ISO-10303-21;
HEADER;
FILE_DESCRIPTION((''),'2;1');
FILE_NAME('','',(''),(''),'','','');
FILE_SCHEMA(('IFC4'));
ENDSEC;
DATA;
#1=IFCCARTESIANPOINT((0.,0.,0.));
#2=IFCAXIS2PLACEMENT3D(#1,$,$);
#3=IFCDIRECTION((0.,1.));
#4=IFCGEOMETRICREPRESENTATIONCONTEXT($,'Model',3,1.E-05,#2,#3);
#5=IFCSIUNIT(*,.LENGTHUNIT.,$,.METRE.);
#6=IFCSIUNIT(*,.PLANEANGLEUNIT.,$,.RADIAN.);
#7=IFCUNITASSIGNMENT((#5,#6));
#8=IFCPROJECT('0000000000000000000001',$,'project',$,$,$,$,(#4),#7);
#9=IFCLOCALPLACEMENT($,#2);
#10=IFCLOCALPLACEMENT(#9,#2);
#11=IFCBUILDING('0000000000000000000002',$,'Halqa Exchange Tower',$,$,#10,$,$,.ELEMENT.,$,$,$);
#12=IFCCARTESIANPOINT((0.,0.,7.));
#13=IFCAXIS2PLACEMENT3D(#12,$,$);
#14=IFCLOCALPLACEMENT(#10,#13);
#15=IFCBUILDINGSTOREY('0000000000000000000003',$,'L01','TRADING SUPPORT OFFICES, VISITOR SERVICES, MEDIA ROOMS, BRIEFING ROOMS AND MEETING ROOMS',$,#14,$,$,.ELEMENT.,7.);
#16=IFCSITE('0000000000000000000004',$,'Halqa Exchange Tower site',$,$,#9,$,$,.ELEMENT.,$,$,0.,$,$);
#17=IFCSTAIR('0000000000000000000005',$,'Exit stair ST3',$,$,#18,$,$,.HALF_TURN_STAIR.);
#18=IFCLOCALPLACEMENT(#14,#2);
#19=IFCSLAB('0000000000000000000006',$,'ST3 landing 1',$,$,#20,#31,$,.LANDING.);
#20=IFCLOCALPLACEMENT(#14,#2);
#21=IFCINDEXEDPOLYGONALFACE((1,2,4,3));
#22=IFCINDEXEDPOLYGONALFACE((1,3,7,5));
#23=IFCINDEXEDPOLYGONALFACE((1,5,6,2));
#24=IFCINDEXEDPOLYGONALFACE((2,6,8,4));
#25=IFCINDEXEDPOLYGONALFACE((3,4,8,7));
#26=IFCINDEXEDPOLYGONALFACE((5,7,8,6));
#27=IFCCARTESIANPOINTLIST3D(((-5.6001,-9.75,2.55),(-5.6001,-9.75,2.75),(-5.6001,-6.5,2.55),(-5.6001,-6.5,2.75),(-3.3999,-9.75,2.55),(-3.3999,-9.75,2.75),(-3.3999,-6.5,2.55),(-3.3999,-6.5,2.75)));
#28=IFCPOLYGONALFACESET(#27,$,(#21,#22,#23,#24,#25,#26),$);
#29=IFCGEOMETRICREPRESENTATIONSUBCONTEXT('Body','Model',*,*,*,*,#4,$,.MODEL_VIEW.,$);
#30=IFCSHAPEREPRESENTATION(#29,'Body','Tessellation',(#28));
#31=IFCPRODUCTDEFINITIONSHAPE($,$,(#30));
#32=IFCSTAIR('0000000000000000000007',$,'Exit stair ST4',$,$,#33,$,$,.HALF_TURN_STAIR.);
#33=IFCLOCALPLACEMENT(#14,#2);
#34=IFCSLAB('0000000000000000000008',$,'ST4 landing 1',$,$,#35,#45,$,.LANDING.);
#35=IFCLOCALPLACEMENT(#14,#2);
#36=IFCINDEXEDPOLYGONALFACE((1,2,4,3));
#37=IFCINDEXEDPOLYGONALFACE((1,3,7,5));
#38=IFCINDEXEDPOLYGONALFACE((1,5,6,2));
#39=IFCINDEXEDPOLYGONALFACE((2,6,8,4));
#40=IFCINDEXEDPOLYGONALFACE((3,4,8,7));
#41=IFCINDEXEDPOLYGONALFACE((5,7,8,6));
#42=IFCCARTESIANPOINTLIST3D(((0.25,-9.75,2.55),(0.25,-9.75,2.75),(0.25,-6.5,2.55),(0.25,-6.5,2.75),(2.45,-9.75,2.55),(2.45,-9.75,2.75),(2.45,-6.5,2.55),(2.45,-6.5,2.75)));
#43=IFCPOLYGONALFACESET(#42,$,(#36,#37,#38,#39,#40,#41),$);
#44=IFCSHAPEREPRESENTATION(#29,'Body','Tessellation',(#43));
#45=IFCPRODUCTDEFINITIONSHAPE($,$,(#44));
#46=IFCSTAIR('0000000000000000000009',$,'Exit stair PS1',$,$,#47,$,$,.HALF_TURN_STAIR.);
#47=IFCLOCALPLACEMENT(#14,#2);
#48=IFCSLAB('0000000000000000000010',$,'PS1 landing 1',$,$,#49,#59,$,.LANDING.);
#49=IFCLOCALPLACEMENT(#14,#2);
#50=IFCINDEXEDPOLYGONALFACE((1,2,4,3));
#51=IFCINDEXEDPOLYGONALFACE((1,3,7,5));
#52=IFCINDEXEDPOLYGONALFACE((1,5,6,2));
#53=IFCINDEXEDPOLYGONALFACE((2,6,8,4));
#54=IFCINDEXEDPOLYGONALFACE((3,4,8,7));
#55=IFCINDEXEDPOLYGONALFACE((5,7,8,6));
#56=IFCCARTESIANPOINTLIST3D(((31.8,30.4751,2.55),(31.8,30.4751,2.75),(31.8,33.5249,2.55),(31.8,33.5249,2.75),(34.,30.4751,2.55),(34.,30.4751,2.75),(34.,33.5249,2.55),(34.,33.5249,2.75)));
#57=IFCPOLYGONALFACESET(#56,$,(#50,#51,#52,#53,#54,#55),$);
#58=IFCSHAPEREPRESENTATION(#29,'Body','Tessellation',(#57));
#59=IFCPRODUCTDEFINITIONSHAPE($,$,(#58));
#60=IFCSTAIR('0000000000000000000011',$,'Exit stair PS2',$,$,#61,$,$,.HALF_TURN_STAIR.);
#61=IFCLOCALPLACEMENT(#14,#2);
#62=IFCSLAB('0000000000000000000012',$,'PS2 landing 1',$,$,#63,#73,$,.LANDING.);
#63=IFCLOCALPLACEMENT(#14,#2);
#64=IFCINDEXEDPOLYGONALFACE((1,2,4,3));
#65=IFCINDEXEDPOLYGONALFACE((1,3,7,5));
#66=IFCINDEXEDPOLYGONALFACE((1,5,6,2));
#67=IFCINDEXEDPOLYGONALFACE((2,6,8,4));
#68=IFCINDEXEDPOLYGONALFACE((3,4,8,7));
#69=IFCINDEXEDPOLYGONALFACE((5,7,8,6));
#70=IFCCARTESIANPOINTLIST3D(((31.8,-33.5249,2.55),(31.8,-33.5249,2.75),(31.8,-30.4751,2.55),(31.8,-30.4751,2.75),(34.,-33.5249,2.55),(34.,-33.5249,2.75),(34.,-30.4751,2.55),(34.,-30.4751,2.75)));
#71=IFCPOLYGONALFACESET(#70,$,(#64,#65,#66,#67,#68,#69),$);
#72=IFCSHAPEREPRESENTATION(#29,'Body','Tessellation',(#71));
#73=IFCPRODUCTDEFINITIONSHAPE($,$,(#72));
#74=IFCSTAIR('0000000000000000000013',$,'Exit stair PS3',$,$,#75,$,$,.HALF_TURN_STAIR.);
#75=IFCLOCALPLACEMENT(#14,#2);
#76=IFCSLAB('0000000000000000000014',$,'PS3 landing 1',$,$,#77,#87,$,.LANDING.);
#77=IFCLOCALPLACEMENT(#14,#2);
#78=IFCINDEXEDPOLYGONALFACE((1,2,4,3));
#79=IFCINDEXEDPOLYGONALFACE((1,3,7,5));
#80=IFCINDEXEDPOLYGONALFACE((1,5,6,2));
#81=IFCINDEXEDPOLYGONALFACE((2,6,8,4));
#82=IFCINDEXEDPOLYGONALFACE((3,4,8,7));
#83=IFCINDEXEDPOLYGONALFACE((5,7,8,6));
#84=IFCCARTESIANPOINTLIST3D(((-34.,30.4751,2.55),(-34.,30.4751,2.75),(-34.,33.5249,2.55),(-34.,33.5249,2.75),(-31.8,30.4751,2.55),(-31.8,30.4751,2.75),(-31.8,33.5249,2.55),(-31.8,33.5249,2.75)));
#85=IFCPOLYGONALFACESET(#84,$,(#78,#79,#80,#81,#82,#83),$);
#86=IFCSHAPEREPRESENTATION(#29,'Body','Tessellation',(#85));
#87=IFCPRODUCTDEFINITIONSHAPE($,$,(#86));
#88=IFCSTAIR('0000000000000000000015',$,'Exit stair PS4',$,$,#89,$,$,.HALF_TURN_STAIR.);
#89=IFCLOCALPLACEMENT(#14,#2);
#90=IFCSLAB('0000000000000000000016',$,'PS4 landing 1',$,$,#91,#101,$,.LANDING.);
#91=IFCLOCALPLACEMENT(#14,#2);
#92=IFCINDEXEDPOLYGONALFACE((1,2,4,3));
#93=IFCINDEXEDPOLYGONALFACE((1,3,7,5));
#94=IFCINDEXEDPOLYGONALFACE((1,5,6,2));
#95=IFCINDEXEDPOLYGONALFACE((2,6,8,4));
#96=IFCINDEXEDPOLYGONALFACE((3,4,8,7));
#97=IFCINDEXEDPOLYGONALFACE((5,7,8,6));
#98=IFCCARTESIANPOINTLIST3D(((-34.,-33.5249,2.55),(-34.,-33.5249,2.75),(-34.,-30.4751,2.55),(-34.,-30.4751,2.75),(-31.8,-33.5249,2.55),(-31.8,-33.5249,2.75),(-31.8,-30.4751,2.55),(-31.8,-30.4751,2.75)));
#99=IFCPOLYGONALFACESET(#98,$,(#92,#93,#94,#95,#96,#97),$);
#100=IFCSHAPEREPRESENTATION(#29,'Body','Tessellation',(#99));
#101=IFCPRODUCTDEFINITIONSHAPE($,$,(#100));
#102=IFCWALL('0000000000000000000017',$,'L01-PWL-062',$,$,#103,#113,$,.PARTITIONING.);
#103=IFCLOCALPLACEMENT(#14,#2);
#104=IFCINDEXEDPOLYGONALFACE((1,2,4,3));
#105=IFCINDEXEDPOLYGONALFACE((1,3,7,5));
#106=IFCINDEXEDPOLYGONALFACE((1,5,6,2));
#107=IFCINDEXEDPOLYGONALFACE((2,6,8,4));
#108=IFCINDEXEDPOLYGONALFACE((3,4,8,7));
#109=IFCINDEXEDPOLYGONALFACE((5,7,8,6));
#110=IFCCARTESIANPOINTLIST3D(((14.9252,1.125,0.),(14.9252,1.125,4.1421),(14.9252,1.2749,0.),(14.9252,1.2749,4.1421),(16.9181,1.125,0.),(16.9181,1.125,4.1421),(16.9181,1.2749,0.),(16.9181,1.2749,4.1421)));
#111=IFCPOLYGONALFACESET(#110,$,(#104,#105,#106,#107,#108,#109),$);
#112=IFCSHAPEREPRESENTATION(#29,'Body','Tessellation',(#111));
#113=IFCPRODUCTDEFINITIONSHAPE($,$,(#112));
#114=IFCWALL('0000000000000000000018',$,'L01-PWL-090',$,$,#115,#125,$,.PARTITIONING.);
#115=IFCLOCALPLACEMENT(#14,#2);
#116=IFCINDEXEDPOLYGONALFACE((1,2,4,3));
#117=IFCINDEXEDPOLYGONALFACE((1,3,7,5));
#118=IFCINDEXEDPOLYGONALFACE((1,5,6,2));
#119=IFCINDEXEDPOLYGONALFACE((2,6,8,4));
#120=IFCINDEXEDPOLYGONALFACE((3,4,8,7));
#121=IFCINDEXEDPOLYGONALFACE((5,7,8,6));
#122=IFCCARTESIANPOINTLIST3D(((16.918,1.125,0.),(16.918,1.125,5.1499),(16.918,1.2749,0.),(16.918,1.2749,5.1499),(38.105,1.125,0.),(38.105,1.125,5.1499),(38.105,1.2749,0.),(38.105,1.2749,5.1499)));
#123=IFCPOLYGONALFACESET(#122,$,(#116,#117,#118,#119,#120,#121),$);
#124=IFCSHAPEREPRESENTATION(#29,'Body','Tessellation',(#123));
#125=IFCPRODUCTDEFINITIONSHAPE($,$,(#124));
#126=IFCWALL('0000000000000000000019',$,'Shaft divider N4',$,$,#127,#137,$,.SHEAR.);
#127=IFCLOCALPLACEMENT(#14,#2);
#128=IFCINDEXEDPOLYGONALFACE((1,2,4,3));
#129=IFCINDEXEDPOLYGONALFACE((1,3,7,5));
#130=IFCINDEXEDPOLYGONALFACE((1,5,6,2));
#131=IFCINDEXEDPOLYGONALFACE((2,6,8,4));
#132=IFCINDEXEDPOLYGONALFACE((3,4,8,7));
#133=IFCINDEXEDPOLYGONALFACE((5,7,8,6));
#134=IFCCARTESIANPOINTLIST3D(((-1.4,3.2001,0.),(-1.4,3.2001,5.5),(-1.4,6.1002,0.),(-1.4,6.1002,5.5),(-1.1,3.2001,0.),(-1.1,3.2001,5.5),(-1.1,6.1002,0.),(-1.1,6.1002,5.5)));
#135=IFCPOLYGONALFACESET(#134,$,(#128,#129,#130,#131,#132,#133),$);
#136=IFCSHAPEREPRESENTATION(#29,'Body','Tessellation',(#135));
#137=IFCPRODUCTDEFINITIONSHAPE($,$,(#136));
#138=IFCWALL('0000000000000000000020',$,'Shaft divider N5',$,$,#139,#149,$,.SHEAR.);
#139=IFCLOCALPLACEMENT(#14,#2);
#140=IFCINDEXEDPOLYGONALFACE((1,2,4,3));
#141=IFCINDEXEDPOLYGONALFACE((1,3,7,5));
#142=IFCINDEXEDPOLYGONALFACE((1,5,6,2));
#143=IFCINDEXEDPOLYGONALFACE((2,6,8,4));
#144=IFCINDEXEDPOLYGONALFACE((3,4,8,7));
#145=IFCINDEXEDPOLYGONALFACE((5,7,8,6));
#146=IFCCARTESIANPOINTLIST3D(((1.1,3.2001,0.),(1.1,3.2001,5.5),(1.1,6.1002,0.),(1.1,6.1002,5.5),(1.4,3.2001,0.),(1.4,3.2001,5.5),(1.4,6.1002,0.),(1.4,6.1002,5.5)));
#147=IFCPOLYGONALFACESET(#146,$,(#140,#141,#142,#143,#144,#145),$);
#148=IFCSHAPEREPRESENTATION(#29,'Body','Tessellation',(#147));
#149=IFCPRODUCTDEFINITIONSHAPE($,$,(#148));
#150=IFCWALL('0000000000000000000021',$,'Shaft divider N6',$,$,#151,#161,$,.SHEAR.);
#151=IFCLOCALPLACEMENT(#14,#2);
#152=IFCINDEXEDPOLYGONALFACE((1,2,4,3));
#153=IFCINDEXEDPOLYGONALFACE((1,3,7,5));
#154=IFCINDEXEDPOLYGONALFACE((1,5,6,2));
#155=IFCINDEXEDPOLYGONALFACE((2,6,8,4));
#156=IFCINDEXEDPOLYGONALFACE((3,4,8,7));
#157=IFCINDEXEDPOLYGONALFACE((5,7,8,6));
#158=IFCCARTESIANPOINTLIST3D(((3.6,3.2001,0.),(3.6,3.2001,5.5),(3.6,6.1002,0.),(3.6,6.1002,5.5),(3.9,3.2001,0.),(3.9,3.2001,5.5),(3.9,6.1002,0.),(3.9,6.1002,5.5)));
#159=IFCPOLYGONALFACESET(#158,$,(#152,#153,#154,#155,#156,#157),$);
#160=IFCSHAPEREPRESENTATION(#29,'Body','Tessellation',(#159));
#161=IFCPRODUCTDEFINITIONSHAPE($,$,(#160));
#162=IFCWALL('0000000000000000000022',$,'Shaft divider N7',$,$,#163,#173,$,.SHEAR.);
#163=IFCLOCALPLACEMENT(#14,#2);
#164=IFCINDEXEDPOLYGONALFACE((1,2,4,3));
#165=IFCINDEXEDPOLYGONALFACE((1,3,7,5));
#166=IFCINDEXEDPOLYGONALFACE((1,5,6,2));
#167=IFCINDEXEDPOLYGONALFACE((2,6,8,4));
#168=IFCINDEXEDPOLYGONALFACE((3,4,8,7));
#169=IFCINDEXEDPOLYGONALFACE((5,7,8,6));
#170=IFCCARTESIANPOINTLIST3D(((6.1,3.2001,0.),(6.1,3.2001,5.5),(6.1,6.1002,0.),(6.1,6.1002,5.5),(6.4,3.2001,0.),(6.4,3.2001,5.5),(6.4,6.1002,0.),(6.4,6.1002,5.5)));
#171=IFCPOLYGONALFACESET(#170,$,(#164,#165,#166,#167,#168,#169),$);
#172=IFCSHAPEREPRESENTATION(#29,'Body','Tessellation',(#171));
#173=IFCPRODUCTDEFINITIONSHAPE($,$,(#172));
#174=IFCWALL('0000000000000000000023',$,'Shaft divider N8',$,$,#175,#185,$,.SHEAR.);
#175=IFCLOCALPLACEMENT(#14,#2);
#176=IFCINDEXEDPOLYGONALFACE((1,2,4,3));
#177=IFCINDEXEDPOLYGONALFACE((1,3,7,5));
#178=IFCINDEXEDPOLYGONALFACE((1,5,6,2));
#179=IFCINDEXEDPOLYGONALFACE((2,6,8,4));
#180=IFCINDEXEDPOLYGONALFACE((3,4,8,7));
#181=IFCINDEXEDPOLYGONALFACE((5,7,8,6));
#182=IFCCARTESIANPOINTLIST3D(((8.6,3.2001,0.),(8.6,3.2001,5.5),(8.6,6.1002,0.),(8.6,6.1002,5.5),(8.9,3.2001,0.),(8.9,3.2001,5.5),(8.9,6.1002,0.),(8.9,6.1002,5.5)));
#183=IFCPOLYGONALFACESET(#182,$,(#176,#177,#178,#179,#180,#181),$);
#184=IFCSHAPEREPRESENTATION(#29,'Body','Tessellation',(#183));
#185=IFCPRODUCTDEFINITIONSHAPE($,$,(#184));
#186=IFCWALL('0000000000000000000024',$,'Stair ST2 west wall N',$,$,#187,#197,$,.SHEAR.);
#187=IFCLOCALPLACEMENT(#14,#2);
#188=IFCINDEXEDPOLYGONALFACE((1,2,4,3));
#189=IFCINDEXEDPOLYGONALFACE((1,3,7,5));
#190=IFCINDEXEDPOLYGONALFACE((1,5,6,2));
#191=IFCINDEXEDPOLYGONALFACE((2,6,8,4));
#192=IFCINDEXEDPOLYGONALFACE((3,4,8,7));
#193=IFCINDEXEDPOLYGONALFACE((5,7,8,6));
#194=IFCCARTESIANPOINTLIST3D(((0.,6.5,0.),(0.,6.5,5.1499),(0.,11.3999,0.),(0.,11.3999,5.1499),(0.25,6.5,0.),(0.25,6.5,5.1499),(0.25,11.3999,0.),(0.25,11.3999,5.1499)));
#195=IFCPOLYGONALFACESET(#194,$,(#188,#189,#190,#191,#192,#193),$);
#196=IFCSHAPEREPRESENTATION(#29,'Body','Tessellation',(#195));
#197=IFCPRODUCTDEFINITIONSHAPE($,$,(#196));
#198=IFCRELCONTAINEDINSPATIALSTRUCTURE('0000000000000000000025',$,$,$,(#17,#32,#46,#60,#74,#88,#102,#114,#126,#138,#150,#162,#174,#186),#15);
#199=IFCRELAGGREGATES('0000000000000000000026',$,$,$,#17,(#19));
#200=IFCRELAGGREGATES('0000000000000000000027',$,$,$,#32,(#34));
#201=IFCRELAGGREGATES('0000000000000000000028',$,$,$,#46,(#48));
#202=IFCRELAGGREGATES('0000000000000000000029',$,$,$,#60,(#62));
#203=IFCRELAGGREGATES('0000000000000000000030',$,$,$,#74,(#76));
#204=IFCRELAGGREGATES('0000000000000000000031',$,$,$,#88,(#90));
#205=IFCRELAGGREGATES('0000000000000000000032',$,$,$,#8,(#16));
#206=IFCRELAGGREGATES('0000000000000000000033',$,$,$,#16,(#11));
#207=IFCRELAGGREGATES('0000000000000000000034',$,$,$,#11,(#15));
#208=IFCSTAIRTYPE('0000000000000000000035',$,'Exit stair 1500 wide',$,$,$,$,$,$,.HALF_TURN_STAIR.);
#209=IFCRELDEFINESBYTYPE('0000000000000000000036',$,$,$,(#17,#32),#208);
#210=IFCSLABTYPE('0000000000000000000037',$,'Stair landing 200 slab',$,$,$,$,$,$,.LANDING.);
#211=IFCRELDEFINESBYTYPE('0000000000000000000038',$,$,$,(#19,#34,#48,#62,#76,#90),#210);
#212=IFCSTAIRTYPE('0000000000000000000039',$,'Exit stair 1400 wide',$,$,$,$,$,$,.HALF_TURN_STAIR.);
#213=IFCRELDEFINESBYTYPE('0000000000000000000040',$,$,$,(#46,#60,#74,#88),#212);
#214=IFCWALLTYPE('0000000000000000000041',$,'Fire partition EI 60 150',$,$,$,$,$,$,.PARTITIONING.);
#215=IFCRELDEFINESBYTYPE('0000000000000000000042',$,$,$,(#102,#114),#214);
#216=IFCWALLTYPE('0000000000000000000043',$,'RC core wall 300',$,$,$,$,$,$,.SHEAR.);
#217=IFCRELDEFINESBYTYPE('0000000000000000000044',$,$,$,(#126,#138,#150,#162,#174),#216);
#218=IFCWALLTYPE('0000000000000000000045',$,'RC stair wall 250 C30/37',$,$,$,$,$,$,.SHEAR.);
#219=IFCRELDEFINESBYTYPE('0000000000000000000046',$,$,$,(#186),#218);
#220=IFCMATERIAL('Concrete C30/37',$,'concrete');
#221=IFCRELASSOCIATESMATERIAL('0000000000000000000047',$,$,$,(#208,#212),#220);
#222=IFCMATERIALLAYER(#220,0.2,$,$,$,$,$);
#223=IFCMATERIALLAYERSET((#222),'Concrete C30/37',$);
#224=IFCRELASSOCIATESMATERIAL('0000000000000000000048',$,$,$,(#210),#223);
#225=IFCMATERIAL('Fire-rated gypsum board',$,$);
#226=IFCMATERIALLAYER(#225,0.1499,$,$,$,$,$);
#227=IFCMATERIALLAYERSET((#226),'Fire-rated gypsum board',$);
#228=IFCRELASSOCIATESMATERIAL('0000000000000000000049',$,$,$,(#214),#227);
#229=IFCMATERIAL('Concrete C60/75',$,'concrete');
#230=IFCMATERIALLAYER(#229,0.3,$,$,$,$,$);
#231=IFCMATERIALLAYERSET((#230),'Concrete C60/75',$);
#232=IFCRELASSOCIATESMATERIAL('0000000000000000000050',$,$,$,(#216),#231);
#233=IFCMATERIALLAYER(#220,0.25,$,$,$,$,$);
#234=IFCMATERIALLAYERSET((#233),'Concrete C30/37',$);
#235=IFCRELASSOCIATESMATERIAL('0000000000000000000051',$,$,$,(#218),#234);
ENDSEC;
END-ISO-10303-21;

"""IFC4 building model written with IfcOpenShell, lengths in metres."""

from ifc_helpers import new_model, si_unit, direction, frame, frame_2d, origin, place, context, subcontext, project, spatial, polyline, rectangle, outline, extrude, material, layer, layer_set, type_object, element, aggregate, save


model = new_model("IFC4")

# Units and contexts
model_context = context("Model", 3, precision=1e-05, world=origin(), true_north=direction((0.0, 1.0)))
body_context = subcontext(model_context, "Body", "Model", "MODEL_VIEW")
ifc_project = project(units=[si_unit("LENGTHUNIT", "METRE"), si_unit("PLANEANGLEUNIT", "RADIAN")], contexts=[model_context])

# Site, building, storey
site_placement = place(None, origin())
site = spatial("IfcSite", under=ifc_project, at=site_placement, Name="Halqa Exchange Tower site", CompositionType="ELEMENT", RefElevation=0.0)
building_placement = place(site_placement, origin())
building = spatial("IfcBuilding", under=site, at=building_placement, Name="Halqa Exchange Tower", CompositionType="ELEMENT")
storey_placement = place(building_placement, frame((0.0, 0.0, 7.0)))
storey = spatial("IfcBuildingStorey", under=building, at=storey_placement, Name="L01", Description="TRADING SUPPORT OFFICES, VISITOR SERVICES, MEDIA ROOMS, BRIEFING ROOMS AND MEETING ROOMS", CompositionType="ELEMENT", Elevation=7.0)

# Shared definitions
ifc_material_1 = material(Name="Concrete C60/75", Category="concrete")

# Stairs, slabs
ifc_material_2 = material(Name="Concrete C30/37", Category="concrete")
stair_type_1 = type_object("IfcStairType", Name="Exit stair 1500 wide", PredefinedType="HALF_TURN_STAIR", material=ifc_material_2)
ifc_layer_1 = layer(ifc_material_2, 0.2)
ifc_layer_set_1 = layer_set([ifc_layer_1], Name="Concrete C30/37")
slab_type_1 = type_object("IfcSlabType", Name="Stair landing 200 slab", PredefinedType="LANDING", material=ifc_layer_set_1)
stair_1_placement = place(storey_placement, origin())
stair_1 = element("IfcStair", 1, at=stair_1_placement, inside=storey, type_object=stair_type_1, Name="Exit stair ST3", PredefinedType="HALF_TURN_STAIR")
slab_1_placement = place(storey_placement, frame((0.0, 0.0, 2.55)))
slab_1 = element("IfcSlab", 2, at=slab_1_placement, type_object=slab_type_1, Name="ST3 landing 1", PredefinedType="LANDING", context=body_context, shape_type="SweptSolid", body=[
    extrude(outline(polyline([(-5.6001, -9.75), (-3.3999, -9.75), (-3.3999, -6.5), (-5.6001, -6.5), (-5.6001, -9.75)])), origin(), (0.0, 0.0, 1.0), 0.2),
])
aggregate(stair_1, [slab_1])
stair_2_placement = place(storey_placement, origin())
stair_2 = element("IfcStair", 3, at=stair_2_placement, inside=storey, type_object=stair_type_1, Name="Exit stair ST4", PredefinedType="HALF_TURN_STAIR")
slab_2_placement = place(storey_placement, frame((0.0, 0.0, 2.55)))
slab_2 = element("IfcSlab", 4, at=slab_2_placement, type_object=slab_type_1, Name="ST4 landing 1", PredefinedType="LANDING", context=body_context, shape_type="SweptSolid", body=[
    extrude(outline(polyline([(0.25, -9.75), (2.45, -9.75), (2.45, -6.5), (0.25, -6.5), (0.25, -9.75)])), origin(), (0.0, 0.0, 1.0), 0.2),
])
aggregate(stair_2, [slab_2])
stair_type_2 = type_object("IfcStairType", Name="Exit stair 1400 wide", PredefinedType="HALF_TURN_STAIR", material=ifc_material_2)
stair_3_placement = place(storey_placement, origin())
stair_3 = element("IfcStair", 5, at=stair_3_placement, inside=storey, type_object=stair_type_2, Name="Exit stair PS1", PredefinedType="HALF_TURN_STAIR")
slab_3_placement = place(storey_placement, frame((0.0, 0.0, 2.55)))
slab_3 = element("IfcSlab", 6, at=slab_3_placement, type_object=slab_type_1, Name="PS1 landing 1", PredefinedType="LANDING", context=body_context, shape_type="SweptSolid", body=[
    extrude(outline(polyline([(31.8, 30.4751), (34.0, 30.4751), (34.0, 33.5249), (31.8, 33.5249), (31.8, 30.4751)])), origin(), (0.0, 0.0, 1.0), 0.2),
])
aggregate(stair_3, [slab_3])
stair_4_placement = place(storey_placement, origin())
stair_4 = element("IfcStair", 7, at=stair_4_placement, inside=storey, type_object=stair_type_2, Name="Exit stair PS2", PredefinedType="HALF_TURN_STAIR")
slab_4_placement = place(storey_placement, frame((0.0, 0.0, 2.55)))
slab_4 = element("IfcSlab", 8, at=slab_4_placement, type_object=slab_type_1, Name="PS2 landing 1", PredefinedType="LANDING", context=body_context, shape_type="SweptSolid", body=[
    extrude(outline(polyline([(31.8, -33.5249), (34.0, -33.5249), (34.0, -30.4751), (31.8, -30.4751), (31.8, -33.5249)])), origin(), (0.0, 0.0, 1.0), 0.2),
])
aggregate(stair_4, [slab_4])
stair_5_placement = place(storey_placement, origin())
stair_5 = element("IfcStair", 9, at=stair_5_placement, inside=storey, type_object=stair_type_2, Name="Exit stair PS3", PredefinedType="HALF_TURN_STAIR")
slab_5_placement = place(storey_placement, frame((0.0, 0.0, 2.55)))
slab_5 = element("IfcSlab", 10, at=slab_5_placement, type_object=slab_type_1, Name="PS3 landing 1", PredefinedType="LANDING", context=body_context, shape_type="SweptSolid", body=[
    extrude(outline(polyline([(-34.0, 30.4751), (-31.8, 30.4751), (-31.8, 33.5249), (-34.0, 33.5249), (-34.0, 30.4751)])), origin(), (0.0, 0.0, 1.0), 0.2),
])
aggregate(stair_5, [slab_5])
stair_6_placement = place(storey_placement, origin())
stair_6 = element("IfcStair", 11, at=stair_6_placement, inside=storey, type_object=stair_type_2, Name="Exit stair PS4", PredefinedType="HALF_TURN_STAIR")
slab_6_placement = place(storey_placement, frame((0.0, 0.0, 2.55)))
slab_6 = element("IfcSlab", 12, at=slab_6_placement, type_object=slab_type_1, Name="PS4 landing 1", PredefinedType="LANDING", context=body_context, shape_type="SweptSolid", body=[
    extrude(outline(polyline([(-34.0, -33.5249), (-31.8, -33.5249), (-31.8, -30.4751), (-34.0, -30.4751), (-34.0, -33.5249)])), origin(), (0.0, 0.0, 1.0), 0.2),
])
aggregate(stair_6, [slab_6])

# Walls
ifc_material_3 = material(Name="Fire-rated gypsum board")
ifc_layer_2 = layer(ifc_material_3, 0.1499)
ifc_layer_set_2 = layer_set([ifc_layer_2], Name="Fire-rated gypsum board")
wall_type_1 = type_object("IfcWallType", Name="Fire partition EI 60 150", PredefinedType="PARTITIONING", material=ifc_layer_set_2)
wall_1_placement = place(storey_placement, frame((14.925, 1.2, 0.0), z_axis=(0.0, 0.0, 1.0), x_axis=(1.0, 0.0, 0.0)))
element("IfcWall", 13, at=wall_1_placement, inside=storey, type_object=wall_type_1, Name="L01-PWL-062", PredefinedType="PARTITIONING", context=body_context, shape_type="SweptSolid", body=[
    extrude(rectangle(XDim=1.9929, YDim=0.1499, at=frame_2d((0.9966, 0.0))), origin(), (0.0, 0.0, 1.0), 4.1421),
])
wall_2_placement = place(storey_placement, frame((16.918, 1.2, 0.0), z_axis=(0.0, 0.0, 1.0), x_axis=(1.0, 0.0, 0.0)))
element("IfcWall", 14, at=wall_2_placement, inside=storey, type_object=wall_type_1, Name="L01-PWL-090", PredefinedType="PARTITIONING", context=body_context, shape_type="SweptSolid", body=[
    extrude(rectangle(XDim=21.187, YDim=0.1499, at=frame_2d((10.5935, 0.0))), origin(), (0.0, 0.0, 1.0), 5.1499),
])
ifc_layer_3 = layer(ifc_material_1, 0.3)
ifc_layer_set_3 = layer_set([ifc_layer_3], Name="Concrete C60/75")
wall_type_2 = type_object("IfcWallType", Name="RC core wall 300", PredefinedType="SHEAR", material=ifc_layer_set_3)
for number, where, z_axis, x_axis, name in (
    (15, (-1.25, 3.2, 0.0), (0.0, 0.0, 1.0), (0.0, 1.0, 0.0), "Shaft divider N4"),
    (16, (1.25, 3.2, 0.0), (0.0, 0.0, 1.0), (0.0, 1.0, 0.0), "Shaft divider N5"),
    (17, (3.75, 3.2, 0.0), (0.0, 0.0, 1.0), (0.0, 1.0, 0.0), "Shaft divider N6"),
    (18, (6.25, 3.2, 0.0), (0.0, 0.0, 1.0), (0.0, 1.0, 0.0), "Shaft divider N7"),
    (19, (8.75, 3.2, 0.0), (0.0, 0.0, 1.0), (0.0, 1.0, 0.0), "Shaft divider N8"),
):
    element("IfcWall", number, at=place(storey_placement, frame(where, z_axis=z_axis, x_axis=x_axis)), inside=storey, type_object=wall_type_2, Name=name, PredefinedType="SHEAR", context=body_context, shape_type="SweptSolid", body=[
        extrude(rectangle(XDim=2.9001, YDim=0.3, at=frame_2d((1.4502, 0.0))), origin(), (0.0, 0.0, 1.0), 5.5),
    ])
ifc_layer_4 = layer(ifc_material_2, 0.25)
ifc_layer_set_4 = layer_set([ifc_layer_4], Name="Concrete C30/37")
wall_type_3 = type_object("IfcWallType", Name="RC stair wall 250 C30/37", PredefinedType="SHEAR", material=ifc_layer_set_4)
wall_3_placement = place(storey_placement, frame((0.125, 6.5, 0.0), z_axis=(0.0, 0.0, 1.0), x_axis=(0.0, 1.0, 0.0)))
element("IfcWall", 20, at=wall_3_placement, inside=storey, type_object=wall_type_3, Name="Stair ST2 west wall N", PredefinedType="SHEAR", context=body_context, shape_type="SweptSolid", body=[
    extrude(rectangle(XDim=4.8999, YDim=0.25, at=frame_2d((2.45, 0.0))), origin(), (0.0, 0.0, 1.0), 5.1499),
])

save(model, "model.ifc")
